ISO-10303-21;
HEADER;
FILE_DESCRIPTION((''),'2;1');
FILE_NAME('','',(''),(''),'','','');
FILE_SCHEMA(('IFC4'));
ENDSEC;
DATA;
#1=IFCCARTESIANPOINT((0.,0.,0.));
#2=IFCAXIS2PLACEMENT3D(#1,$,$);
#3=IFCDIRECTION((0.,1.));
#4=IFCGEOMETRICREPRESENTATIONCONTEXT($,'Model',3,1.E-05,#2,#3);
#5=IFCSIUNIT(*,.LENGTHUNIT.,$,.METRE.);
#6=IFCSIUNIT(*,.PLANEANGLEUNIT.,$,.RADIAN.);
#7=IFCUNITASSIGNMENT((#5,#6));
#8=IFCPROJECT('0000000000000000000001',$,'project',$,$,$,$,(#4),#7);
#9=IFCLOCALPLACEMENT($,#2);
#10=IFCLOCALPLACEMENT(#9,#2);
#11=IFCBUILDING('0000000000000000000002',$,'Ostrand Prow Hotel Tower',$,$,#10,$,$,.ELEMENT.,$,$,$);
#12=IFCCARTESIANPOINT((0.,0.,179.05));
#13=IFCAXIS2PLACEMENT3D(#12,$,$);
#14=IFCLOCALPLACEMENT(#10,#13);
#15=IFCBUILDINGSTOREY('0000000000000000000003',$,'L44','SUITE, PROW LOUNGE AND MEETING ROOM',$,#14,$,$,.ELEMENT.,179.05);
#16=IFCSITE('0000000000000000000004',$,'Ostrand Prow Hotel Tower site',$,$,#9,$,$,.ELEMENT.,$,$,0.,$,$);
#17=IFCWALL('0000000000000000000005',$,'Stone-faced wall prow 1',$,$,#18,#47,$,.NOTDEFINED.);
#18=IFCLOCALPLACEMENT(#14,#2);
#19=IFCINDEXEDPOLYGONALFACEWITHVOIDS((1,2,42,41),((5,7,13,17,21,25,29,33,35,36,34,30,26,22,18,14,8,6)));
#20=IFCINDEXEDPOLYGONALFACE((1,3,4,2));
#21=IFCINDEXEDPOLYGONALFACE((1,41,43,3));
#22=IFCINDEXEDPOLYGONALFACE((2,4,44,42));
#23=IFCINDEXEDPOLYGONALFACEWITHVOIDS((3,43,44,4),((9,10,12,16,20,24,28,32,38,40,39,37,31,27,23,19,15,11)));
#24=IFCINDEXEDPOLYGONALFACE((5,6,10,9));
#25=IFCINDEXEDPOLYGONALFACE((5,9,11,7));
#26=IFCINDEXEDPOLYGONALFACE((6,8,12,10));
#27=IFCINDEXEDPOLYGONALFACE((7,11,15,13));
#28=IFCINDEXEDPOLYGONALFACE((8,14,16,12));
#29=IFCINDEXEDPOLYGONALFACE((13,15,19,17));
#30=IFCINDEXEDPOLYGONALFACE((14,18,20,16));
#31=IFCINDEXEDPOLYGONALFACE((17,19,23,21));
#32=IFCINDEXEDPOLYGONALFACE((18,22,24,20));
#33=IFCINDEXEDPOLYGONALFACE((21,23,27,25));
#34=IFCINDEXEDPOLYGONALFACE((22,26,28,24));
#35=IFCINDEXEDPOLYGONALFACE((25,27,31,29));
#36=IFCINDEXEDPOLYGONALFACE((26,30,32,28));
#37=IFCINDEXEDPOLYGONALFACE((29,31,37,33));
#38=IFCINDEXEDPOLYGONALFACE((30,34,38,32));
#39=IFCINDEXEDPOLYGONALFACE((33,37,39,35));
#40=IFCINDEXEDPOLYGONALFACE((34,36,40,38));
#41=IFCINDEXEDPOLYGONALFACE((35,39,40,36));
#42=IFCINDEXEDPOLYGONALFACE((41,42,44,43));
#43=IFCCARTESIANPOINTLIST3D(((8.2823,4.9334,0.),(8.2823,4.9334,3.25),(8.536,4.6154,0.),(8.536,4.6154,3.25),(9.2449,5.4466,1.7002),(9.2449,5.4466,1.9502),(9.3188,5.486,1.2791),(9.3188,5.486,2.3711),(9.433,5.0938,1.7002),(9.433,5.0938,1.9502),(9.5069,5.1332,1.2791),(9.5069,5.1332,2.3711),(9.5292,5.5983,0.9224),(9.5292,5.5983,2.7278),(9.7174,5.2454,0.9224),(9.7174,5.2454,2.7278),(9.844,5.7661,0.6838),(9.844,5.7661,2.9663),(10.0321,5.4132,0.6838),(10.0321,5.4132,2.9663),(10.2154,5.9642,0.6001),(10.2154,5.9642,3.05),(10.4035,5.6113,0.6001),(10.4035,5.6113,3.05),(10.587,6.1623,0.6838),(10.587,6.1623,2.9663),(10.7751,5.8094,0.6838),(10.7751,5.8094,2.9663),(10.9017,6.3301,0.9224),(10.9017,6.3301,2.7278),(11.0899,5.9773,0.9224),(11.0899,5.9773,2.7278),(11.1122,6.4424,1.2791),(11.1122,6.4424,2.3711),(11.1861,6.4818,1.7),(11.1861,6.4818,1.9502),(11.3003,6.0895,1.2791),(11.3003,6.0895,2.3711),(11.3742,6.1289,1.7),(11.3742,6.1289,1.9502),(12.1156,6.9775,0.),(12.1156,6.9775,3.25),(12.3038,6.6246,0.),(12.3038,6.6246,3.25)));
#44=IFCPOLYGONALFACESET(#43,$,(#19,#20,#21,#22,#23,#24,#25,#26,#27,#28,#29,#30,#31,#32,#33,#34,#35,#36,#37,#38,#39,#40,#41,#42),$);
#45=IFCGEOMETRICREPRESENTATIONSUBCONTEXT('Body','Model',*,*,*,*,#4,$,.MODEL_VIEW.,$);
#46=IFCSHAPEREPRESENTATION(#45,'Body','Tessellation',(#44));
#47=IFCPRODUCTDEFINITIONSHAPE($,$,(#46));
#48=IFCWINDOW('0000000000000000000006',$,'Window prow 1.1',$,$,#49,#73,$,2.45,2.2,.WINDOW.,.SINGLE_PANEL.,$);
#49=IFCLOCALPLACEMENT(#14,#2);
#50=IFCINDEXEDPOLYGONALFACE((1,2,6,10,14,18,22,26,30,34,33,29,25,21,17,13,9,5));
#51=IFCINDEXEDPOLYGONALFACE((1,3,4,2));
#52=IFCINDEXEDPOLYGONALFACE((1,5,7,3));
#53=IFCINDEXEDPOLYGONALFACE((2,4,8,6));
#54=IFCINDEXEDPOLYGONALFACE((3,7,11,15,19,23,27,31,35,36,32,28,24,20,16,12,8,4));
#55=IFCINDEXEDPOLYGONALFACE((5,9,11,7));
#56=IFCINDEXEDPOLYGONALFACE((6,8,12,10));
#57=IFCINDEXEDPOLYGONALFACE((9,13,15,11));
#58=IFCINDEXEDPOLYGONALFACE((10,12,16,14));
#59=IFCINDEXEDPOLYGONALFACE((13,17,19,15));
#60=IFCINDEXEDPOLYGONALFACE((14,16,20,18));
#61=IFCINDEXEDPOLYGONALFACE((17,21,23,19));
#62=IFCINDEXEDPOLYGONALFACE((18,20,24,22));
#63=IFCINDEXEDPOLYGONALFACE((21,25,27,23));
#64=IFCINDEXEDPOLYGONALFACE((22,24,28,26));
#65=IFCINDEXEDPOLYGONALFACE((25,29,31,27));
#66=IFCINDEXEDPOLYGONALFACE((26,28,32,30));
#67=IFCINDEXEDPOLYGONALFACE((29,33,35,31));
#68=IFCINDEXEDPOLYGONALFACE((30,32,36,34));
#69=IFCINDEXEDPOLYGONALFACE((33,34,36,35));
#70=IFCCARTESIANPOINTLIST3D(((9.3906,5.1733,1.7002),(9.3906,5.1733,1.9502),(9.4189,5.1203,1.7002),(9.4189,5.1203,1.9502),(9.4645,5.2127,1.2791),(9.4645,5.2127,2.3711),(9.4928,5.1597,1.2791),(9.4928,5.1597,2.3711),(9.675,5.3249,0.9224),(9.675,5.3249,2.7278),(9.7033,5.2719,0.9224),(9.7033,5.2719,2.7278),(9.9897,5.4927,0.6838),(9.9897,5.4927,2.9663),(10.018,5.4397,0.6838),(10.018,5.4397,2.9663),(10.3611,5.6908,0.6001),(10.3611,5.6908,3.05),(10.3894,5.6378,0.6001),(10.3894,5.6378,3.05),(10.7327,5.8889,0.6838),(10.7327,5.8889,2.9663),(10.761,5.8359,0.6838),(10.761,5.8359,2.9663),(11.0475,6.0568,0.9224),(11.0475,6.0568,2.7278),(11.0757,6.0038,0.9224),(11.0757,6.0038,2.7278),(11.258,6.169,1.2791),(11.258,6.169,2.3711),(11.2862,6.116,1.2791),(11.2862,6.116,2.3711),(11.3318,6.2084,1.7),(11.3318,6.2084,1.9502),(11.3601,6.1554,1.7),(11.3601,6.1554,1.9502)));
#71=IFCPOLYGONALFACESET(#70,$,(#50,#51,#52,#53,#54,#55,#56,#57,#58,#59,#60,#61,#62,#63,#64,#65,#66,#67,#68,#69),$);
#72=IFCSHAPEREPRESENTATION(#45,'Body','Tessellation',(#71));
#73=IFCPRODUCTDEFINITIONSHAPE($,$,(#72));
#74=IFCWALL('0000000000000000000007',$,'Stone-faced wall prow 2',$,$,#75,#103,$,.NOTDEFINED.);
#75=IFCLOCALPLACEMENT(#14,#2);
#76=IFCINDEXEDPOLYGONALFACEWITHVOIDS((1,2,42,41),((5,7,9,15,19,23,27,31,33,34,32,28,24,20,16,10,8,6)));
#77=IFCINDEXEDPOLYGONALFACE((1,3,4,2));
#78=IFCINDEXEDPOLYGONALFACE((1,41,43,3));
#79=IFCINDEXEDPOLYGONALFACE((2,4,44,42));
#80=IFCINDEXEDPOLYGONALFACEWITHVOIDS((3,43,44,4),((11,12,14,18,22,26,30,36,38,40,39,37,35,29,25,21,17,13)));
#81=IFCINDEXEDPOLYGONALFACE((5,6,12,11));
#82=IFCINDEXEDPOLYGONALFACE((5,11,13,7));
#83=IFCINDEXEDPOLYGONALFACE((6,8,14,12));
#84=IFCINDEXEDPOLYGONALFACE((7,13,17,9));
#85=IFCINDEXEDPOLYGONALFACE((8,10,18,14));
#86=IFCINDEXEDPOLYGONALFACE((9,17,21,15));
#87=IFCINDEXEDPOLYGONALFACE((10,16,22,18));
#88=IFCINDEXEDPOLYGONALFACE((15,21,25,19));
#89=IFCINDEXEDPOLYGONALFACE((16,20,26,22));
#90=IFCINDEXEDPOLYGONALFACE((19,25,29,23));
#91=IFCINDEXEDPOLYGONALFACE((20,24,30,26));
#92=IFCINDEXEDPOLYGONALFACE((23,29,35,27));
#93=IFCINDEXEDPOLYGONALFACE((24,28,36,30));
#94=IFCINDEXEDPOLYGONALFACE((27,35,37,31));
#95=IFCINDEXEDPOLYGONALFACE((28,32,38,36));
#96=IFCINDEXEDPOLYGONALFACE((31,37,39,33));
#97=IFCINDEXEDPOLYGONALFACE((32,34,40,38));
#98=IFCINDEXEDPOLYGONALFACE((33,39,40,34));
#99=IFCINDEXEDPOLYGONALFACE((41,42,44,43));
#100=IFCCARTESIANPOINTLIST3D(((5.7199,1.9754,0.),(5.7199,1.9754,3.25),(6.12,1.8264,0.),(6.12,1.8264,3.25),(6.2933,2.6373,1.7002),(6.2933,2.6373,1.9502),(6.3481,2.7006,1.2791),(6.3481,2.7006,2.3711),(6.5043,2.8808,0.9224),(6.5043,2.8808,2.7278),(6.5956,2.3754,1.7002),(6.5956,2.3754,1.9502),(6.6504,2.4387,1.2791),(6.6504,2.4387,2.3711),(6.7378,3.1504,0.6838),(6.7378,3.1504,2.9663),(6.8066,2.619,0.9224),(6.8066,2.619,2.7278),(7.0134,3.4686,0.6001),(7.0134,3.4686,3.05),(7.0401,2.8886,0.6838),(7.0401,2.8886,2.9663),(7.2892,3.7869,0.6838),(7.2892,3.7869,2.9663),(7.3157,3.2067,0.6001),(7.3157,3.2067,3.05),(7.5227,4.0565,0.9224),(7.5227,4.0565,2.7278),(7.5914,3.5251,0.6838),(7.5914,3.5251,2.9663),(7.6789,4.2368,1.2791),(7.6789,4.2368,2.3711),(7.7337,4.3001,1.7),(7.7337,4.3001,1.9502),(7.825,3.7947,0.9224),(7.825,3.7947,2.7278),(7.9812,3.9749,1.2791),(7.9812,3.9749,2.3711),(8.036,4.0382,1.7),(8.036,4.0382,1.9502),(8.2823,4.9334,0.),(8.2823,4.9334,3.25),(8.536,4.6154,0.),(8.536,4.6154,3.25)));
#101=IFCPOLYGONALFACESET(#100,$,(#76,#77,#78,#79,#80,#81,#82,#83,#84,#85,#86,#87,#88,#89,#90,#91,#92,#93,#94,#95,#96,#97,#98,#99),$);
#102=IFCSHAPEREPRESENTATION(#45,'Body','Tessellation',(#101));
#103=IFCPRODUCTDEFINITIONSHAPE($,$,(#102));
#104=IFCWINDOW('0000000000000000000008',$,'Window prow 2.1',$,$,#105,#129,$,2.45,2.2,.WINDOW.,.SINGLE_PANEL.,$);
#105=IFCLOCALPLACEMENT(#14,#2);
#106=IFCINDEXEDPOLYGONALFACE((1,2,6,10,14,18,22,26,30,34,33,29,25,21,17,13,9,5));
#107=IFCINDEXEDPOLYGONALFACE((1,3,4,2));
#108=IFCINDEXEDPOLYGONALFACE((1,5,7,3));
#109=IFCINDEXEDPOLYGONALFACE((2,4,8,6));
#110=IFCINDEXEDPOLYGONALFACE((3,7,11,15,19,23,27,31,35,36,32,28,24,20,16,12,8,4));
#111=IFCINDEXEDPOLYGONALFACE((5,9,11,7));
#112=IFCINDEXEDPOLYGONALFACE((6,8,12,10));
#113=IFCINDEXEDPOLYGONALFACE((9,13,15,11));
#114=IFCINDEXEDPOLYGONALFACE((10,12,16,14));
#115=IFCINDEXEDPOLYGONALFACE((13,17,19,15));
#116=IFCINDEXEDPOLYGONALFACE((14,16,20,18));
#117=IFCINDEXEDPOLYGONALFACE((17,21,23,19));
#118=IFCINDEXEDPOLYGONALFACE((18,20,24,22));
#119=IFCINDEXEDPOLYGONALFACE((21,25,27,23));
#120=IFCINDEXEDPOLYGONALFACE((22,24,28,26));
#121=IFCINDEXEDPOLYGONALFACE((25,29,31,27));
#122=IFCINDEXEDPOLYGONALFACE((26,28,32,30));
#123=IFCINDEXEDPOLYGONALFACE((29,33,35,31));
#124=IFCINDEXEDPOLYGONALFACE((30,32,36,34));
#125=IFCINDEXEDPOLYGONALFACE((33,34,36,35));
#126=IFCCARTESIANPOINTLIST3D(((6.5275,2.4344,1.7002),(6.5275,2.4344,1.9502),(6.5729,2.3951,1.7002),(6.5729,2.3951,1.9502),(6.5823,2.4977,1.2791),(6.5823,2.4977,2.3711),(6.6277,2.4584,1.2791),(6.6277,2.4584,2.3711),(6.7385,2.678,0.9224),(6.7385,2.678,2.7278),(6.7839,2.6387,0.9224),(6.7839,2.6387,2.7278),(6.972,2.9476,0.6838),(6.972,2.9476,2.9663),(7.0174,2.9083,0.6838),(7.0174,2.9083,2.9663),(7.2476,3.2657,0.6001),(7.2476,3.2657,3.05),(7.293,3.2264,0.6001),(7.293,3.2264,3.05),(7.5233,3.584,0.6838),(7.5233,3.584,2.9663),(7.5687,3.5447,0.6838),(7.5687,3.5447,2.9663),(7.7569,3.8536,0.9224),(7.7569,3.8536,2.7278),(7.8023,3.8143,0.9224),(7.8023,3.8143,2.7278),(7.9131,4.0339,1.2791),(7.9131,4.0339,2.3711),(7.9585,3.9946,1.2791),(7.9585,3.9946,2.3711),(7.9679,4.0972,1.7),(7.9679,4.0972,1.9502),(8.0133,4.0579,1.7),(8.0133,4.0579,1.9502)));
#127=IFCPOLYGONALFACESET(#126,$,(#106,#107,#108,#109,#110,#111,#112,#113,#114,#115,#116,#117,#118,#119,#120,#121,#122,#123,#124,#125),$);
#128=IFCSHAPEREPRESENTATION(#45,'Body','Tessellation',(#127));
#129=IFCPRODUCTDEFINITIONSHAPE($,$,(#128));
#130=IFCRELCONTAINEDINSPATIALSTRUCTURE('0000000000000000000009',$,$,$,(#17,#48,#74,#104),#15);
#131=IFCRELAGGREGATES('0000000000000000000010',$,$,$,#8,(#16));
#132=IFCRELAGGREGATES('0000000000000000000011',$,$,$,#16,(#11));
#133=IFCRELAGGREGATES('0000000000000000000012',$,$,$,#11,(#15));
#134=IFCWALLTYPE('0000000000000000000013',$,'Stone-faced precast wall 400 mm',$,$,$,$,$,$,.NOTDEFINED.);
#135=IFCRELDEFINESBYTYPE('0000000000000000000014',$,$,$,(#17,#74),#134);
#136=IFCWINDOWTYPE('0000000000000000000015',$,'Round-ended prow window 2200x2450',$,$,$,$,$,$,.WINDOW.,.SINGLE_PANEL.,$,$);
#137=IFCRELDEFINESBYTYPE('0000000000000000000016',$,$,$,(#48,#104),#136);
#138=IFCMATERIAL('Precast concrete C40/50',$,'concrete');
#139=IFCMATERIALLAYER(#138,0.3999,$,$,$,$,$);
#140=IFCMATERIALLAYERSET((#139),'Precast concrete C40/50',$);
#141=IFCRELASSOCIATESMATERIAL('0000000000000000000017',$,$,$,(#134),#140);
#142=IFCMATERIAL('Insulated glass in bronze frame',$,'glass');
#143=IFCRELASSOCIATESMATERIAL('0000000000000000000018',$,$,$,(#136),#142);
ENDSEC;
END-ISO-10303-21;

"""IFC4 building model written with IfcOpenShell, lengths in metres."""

from ifc_helpers import new_model, si_unit, direction, frame, origin, place, context, subcontext, project, spatial, polyline, outline, extrude, material, layer, layer_set, type_object, element, fill, save


model = new_model("IFC4")

# Units and contexts
model_context = context("Model", 3, precision=1e-05, world=origin(), true_north=direction((0.0, 1.0)))
body_context = subcontext(model_context, "Body", "Model", "MODEL_VIEW")
ifc_project = project(units=[si_unit("LENGTHUNIT", "METRE"), si_unit("PLANEANGLEUNIT", "RADIAN")], contexts=[model_context])

# Site, building, storey
site_placement = place(None, origin())
site = spatial("IfcSite", under=ifc_project, at=site_placement, Name="Ostrand Prow Hotel Tower site", CompositionType="ELEMENT", RefElevation=0.0)
building_placement = place(site_placement, origin())
building = spatial("IfcBuilding", under=site, at=building_placement, Name="Ostrand Prow Hotel Tower", CompositionType="ELEMENT")
storey_placement = place(building_placement, frame((0.0, 0.0, 179.05)))
storey = spatial("IfcBuildingStorey", under=building, at=storey_placement, Name="L44", Description="SUITE, PROW LOUNGE AND MEETING ROOM", CompositionType="ELEMENT", Elevation=179.05)

# Walls, openings, windows
ifc_material_1 = material(Name="Precast concrete C40/50", Category="concrete")
ifc_layer_1 = layer(ifc_material_1, 0.3999)
ifc_layer_set_1 = layer_set([ifc_layer_1], Name="Precast concrete C40/50")
wall_type = type_object("IfcWallType", Name="Stone-faced precast wall 400 mm", PredefinedType="NOTDEFINED", material=ifc_layer_set_1)
wall_1_placement = place(storey_placement, frame((12.2097, 6.801, 0.0), z_axis=(0.0, 0.0, 1.0), x_axis=(-0.882386, -0.470526, 0.0)))
wall_1 = element("IfcWall", 1, at=wall_1_placement, inside=storey, type_object=wall_type, Name="Stone-faced wall prow 1", PredefinedType="NOTDEFINED", context=body_context, shape_type="SweptSolid", body=[
    extrude(outline(polyline([(0.0, -0.2), (4.3442, -0.2), (4.27, 0.2), (0.0, 0.2), (0.0, -0.2)])), origin(), (0.0, 0.0, 1.0), 3.25),
])
opening_1_placement = place(wall_1_placement, frame((1.0535, 0.0, 0.6001)))
opening_1 = element("IfcOpeningElement", 2, at=opening_1_placement, cuts=wall_1, PredefinedType="OPENING", context=body_context, shape_type="SweptSolid", body=[
    extrude(outline(polyline([(0.0, 1.3501), (0.0837, 1.771), (0.3223, 2.1277), (0.679, 2.3662), (1.1001, 2.45), (1.521, 2.3662), (1.8777, 2.1277), (2.1162, 1.771), (2.2, 1.3501), (2.2, 1.1001), (2.1162, 0.679), (1.8777, 0.3223), (1.521, 0.0837), (1.1001, 0.0), (0.679, 0.0837), (0.3223, 0.3223), (0.0837, 0.679), (0.0, 1.0999), (0.0, 1.3501)])), frame((0.0, 0.21, 0.0), z_axis=(0.0, -1.0, 0.0), x_axis=(1.0, 0.0, 0.0)), (0.0, 0.0, 1.0), 0.4199),
])
ifc_material_2 = material(Name="Insulated glass in bronze frame", Category="glass")
window_type = type_object("IfcWindowType", Name="Round-ended prow window 2200x2450", PartitioningType="SINGLE_PANEL", PredefinedType="WINDOW", material=ifc_material_2)
window_1_placement = place(opening_1_placement, origin())
window_1 = element("IfcWindow", 3, at=window_1_placement, inside=storey, type_object=window_type, Name="Window prow 1.1", OverallHeight=2.45, OverallWidth=2.2, PartitioningType="SINGLE_PANEL", PredefinedType="WINDOW", context=body_context, shape_type="SweptSolid", body=[
    extrude(outline(polyline([(0.0, 1.3501), (0.0837, 1.771), (0.3223, 2.1277), (0.679, 2.3662), (1.1001, 2.45), (1.521, 2.3662), (1.8777, 2.1277), (2.1162, 1.771), (2.2, 1.3501), (2.2, 1.1001), (2.1162, 0.679), (1.8777, 0.3223), (1.521, 0.0837), (1.1001, 0.0), (0.679, 0.0837), (0.3223, 0.3223), (0.0837, 0.679), (0.0, 1.0999), (0.0, 1.3501)])), frame((0.0, 0.1699, 0.0), z_axis=(0.0, -1.0, 0.0), x_axis=(1.0, 0.0, 0.0)), (0.0, 0.0, 1.0), 0.0601),
])
fill(opening_1, window_1)
wall_2_placement = place(storey_placement, frame((8.4092, 4.7744, 0.0), z_axis=(0.0, 0.0, 1.0), x_axis=(-0.654759, -0.755837, 0.0)))
wall_2 = element("IfcWall", 4, at=wall_2_placement, inside=storey, type_object=wall_type, Name="Stone-faced wall prow 2", PredefinedType="NOTDEFINED", context=body_context, shape_type="SweptSolid", body=[
    extrude(outline(polyline([(-0.0371, -0.2), (3.8765, -0.2), (3.7271, 0.2), (0.0371, 0.2), (-0.0371, -0.2)])), origin(), (0.0, 0.0, 1.0), 3.25),
])
opening_2_placement = place(wall_2_placement, frame((0.8008, 0.0, 0.6001)))
opening_2 = element("IfcOpeningElement", 5, at=opening_2_placement, cuts=wall_2, PredefinedType="OPENING", context=body_context, shape_type="SweptSolid", body=[
    extrude(outline(polyline([(0.0, 1.3501), (0.0837, 1.771), (0.3223, 2.1277), (0.679, 2.3662), (1.1001, 2.45), (1.521, 2.3662), (1.8777, 2.1277), (2.1162, 1.771), (2.2, 1.3501), (2.2, 1.1001), (2.1162, 0.679), (1.8777, 0.3223), (1.521, 0.0837), (1.1001, 0.0), (0.679, 0.0837), (0.3223, 0.3223), (0.0837, 0.679), (0.0, 1.0999), (0.0, 1.3501)])), frame((0.0, 0.21, 0.0), z_axis=(0.0, -1.0, 0.0), x_axis=(1.0, 0.0, 0.0)), (0.0, 0.0, 1.0), 0.4199),
])
window_2_placement = place(opening_2_placement, origin())
window_2 = element("IfcWindow", 6, at=window_2_placement, inside=storey, type_object=window_type, Name="Window prow 2.1", OverallHeight=2.45, OverallWidth=2.2, PartitioningType="SINGLE_PANEL", PredefinedType="WINDOW", context=body_context, shape_type="SweptSolid", body=[
    extrude(outline(polyline([(0.0, 1.3501), (0.0837, 1.771), (0.3223, 2.1277), (0.679, 2.3662), (1.1001, 2.45), (1.521, 2.3662), (1.8777, 2.1277), (2.1162, 1.771), (2.2, 1.3501), (2.2, 1.1001), (2.1162, 0.679), (1.8777, 0.3223), (1.521, 0.0837), (1.1001, 0.0), (0.679, 0.0837), (0.3223, 0.3223), (0.0837, 0.679), (0.0, 1.0999), (0.0, 1.3501)])), frame((0.0, 0.1699, 0.0), z_axis=(0.0, -1.0, 0.0), x_axis=(1.0, 0.0, 0.0)), (0.0, 0.0, 1.0), 0.0601),
])
fill(opening_2, window_2)

save(model, "model.ifc")
